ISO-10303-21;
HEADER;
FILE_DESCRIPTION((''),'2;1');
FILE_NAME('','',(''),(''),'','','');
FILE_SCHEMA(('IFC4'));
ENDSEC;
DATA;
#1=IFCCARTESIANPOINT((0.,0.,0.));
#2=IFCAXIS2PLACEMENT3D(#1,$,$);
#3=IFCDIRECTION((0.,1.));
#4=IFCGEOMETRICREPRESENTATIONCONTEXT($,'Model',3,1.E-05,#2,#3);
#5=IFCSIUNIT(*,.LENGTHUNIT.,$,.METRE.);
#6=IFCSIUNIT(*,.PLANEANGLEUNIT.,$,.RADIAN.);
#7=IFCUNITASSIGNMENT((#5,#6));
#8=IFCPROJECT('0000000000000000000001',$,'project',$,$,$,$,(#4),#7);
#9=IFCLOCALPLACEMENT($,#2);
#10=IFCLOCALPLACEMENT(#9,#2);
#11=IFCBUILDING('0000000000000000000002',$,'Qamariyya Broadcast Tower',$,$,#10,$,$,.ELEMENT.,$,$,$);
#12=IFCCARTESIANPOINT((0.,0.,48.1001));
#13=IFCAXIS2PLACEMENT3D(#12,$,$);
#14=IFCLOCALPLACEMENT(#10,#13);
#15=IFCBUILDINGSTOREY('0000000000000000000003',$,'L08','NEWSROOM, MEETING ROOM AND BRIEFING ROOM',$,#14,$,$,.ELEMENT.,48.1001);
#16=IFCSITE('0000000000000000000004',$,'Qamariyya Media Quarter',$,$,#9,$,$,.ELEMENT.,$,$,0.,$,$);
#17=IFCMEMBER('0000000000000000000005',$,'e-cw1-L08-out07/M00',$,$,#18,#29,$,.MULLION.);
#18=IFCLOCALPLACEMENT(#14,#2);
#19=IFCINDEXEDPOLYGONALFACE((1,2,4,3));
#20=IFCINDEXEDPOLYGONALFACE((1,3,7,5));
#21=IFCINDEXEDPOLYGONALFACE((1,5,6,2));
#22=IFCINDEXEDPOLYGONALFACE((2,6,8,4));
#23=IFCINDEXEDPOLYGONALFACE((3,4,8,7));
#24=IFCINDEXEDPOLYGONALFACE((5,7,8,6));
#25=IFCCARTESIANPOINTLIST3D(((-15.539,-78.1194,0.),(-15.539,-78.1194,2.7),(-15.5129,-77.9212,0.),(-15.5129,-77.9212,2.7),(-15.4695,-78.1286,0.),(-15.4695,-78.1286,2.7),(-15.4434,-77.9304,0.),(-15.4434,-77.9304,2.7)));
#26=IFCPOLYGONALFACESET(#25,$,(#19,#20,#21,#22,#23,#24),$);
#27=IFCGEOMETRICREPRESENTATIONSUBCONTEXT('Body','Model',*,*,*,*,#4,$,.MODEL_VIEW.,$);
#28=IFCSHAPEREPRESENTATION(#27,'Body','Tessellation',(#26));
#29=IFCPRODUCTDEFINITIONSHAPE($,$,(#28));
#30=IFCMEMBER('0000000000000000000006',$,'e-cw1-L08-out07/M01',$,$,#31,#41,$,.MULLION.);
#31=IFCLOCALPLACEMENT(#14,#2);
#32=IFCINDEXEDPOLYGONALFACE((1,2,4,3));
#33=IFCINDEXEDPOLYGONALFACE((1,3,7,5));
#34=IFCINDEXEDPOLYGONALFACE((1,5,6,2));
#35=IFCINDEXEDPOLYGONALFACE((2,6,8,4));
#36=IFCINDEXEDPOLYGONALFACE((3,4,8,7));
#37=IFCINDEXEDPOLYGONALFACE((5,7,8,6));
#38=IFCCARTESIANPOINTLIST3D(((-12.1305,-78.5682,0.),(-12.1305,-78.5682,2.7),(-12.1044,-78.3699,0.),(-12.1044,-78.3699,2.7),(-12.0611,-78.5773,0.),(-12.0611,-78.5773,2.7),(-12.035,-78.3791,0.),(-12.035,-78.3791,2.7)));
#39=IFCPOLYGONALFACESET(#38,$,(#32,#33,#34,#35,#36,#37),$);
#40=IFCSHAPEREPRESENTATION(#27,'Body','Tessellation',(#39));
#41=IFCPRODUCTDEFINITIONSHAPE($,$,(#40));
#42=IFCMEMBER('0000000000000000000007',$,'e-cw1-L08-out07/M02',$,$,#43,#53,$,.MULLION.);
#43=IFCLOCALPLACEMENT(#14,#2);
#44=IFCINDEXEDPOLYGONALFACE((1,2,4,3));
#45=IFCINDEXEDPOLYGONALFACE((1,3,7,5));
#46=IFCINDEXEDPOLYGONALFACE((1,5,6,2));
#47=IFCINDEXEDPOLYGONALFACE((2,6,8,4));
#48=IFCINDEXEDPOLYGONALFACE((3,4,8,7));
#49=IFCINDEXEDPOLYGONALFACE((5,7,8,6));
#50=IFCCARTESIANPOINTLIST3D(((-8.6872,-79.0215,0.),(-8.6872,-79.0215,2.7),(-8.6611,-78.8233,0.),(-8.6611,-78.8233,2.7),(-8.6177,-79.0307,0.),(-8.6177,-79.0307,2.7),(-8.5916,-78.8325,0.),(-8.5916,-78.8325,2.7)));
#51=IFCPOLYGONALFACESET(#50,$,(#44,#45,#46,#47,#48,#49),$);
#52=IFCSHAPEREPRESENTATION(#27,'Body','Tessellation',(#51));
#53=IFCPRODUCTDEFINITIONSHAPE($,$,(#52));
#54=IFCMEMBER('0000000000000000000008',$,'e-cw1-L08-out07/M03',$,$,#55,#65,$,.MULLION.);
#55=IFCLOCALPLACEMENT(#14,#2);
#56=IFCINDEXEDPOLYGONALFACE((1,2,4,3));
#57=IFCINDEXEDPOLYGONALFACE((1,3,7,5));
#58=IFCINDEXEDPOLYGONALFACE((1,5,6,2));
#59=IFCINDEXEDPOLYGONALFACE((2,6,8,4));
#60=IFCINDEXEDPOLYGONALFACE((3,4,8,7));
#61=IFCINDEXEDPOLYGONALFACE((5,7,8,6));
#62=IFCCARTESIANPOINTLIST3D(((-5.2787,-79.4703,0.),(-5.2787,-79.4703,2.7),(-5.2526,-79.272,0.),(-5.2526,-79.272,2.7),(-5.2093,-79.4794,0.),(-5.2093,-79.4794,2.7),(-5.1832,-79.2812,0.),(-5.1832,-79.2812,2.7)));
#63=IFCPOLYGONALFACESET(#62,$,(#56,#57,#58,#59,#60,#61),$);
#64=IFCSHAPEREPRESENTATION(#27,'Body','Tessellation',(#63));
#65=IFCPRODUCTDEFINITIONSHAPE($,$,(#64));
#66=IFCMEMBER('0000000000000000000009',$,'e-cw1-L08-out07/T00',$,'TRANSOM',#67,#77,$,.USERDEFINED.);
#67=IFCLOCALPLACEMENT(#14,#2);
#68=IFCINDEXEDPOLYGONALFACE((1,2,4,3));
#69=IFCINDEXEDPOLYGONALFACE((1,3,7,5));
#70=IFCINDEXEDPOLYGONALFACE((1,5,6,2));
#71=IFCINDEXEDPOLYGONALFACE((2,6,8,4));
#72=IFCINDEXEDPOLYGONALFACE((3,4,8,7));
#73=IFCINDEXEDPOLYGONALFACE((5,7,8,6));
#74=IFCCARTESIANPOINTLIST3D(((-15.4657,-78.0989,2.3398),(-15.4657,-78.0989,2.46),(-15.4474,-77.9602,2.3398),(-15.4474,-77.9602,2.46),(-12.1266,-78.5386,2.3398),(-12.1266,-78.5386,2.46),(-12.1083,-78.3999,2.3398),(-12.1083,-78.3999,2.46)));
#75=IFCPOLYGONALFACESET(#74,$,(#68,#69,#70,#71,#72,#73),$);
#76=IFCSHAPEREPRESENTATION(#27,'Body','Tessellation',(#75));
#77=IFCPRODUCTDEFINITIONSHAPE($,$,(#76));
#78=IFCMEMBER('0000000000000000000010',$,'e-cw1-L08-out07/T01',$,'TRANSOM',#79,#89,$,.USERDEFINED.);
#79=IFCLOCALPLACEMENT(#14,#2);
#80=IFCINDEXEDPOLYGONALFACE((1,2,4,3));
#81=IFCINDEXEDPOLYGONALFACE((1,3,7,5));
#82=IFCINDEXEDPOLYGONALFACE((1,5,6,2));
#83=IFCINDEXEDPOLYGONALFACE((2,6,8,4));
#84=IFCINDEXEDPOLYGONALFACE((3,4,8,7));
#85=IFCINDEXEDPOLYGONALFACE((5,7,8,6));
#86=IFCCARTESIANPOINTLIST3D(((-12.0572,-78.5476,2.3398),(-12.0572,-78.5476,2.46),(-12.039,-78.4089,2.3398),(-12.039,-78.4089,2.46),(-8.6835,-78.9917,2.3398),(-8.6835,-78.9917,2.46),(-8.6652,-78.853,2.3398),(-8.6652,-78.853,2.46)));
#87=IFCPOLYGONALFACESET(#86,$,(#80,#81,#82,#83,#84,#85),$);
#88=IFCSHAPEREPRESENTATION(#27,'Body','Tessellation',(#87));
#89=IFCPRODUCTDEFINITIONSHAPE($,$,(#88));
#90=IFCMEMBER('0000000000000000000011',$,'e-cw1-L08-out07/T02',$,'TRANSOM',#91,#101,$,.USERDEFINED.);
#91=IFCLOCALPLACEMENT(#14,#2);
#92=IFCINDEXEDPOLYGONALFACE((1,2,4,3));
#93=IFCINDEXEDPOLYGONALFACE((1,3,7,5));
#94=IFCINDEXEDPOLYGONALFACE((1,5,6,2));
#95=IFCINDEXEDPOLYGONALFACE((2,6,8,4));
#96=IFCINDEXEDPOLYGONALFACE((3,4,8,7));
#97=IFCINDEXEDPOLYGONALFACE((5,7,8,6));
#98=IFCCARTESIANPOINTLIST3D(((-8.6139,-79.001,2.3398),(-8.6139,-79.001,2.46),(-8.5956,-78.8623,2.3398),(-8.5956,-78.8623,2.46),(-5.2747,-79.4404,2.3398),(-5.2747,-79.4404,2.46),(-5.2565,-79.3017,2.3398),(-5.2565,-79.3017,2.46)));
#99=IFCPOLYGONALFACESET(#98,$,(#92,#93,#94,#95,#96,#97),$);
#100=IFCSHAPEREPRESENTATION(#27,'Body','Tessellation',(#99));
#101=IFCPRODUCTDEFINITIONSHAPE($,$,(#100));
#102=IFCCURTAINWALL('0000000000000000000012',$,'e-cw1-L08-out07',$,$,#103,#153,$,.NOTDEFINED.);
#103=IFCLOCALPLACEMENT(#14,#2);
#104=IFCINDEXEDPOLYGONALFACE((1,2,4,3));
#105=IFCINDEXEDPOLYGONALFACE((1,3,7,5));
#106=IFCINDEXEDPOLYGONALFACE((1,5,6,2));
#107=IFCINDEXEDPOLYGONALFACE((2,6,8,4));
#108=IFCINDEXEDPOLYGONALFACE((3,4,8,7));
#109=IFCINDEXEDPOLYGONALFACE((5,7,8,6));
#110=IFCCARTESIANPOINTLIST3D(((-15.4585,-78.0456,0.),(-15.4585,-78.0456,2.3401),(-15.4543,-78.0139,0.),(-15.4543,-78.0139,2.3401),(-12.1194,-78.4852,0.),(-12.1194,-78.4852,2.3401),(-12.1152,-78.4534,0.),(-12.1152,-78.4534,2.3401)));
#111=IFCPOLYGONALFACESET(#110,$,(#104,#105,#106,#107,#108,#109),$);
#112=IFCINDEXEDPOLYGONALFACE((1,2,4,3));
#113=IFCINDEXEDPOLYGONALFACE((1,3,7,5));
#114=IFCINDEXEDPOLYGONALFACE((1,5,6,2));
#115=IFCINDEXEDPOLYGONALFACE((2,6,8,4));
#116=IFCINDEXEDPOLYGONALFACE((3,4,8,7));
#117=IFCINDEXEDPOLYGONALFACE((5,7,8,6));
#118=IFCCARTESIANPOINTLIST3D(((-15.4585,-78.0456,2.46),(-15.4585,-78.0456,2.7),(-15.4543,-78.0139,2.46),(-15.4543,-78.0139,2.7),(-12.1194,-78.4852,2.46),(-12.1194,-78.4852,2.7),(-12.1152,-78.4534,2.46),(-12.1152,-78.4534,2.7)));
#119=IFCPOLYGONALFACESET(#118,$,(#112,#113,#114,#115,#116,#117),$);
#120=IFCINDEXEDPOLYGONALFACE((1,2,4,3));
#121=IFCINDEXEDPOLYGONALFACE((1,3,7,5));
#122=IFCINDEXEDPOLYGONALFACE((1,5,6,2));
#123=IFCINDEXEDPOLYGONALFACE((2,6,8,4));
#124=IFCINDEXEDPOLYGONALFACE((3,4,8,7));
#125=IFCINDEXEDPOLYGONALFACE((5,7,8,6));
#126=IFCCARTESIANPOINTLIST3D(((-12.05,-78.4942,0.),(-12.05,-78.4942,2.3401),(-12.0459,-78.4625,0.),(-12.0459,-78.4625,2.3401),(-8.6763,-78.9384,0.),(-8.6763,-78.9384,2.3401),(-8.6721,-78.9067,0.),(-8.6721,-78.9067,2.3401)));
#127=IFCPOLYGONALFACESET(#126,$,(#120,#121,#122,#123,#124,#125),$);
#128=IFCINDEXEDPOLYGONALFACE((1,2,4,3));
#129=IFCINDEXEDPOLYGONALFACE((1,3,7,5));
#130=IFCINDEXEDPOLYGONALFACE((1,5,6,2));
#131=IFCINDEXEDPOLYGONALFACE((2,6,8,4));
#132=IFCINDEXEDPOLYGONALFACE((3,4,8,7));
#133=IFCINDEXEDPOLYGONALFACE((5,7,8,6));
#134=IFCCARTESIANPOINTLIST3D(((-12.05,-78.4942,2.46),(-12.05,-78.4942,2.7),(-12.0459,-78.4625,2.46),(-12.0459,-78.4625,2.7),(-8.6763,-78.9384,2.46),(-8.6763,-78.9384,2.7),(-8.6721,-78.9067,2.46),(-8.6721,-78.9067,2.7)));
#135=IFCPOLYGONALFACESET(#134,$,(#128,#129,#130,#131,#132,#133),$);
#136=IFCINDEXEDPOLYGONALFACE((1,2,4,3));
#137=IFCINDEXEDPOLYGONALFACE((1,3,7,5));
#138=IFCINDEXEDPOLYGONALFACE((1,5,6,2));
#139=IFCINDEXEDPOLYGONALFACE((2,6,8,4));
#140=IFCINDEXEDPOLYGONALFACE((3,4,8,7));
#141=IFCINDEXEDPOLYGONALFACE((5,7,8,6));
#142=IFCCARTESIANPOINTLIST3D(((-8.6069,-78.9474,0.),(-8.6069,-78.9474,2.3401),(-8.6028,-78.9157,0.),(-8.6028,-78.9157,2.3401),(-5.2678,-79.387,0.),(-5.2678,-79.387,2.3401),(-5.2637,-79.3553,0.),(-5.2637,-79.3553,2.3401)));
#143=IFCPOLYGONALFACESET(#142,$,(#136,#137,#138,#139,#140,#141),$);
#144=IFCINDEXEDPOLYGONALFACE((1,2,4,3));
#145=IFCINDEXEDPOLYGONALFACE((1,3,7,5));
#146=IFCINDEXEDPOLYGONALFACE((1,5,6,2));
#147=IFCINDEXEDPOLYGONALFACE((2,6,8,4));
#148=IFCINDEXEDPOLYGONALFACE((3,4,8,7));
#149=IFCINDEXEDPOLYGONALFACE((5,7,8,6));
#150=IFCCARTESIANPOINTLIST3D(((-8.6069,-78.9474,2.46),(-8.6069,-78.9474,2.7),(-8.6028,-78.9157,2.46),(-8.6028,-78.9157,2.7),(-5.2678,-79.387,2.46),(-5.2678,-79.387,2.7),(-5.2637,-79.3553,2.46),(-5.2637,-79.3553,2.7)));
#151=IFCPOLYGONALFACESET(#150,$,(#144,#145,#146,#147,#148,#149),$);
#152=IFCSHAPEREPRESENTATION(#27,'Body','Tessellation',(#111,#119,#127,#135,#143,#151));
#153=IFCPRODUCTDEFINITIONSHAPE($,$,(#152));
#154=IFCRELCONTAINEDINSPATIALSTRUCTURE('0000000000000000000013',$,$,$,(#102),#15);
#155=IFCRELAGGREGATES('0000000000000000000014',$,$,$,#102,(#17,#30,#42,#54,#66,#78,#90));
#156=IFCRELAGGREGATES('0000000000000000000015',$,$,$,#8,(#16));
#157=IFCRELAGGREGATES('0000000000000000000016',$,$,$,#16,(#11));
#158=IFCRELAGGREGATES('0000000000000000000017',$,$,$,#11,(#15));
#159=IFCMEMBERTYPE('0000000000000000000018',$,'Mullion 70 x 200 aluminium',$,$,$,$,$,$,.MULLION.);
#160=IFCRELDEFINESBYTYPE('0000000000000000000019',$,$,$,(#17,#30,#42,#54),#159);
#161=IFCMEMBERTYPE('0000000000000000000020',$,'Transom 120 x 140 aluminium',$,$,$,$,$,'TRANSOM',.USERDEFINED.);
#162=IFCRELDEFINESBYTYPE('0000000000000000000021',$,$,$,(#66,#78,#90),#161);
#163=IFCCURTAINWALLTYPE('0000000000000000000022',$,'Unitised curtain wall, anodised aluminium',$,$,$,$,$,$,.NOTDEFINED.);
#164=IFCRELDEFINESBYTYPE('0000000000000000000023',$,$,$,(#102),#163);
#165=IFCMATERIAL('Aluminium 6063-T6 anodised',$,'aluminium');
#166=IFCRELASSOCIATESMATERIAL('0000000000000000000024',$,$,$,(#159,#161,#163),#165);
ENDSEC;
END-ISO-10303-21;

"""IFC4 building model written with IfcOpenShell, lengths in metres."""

from ifc_helpers import new_model, si_unit, direction, frame, origin, origin_2d, place, context, subcontext, project, spatial, rectangle, extrude, material, material_profile, profile_set, type_object, element, aggregate, save


model = new_model("IFC4")

# Units and contexts
model_context = context("Model", 3, precision=1e-05, world=origin(), true_north=direction((0.0, 1.0)))
body_context = subcontext(model_context, "Body", "Model", "MODEL_VIEW")
ifc_project = project(units=[si_unit("LENGTHUNIT", "METRE"), si_unit("PLANEANGLEUNIT", "RADIAN")], contexts=[model_context])

# Members
ifc_material = material(Name="Aluminium 6063-T6 anodised", Category="aluminium")
ifc_material_profile_1 = material_profile(ifc_material, rectangle(XDim=0.2, YDim=0.0701, at=origin_2d()))
ifc_profile_set_1 = profile_set([ifc_material_profile_1], Name="Aluminium 6063-T6 anodised")
member_type_1 = type_object("IfcMemberType", Name="Mullion 70 x 200 aluminium", PredefinedType="MULLION", material=ifc_profile_set_1)
site_placement = place(None, origin())
building_placement = place(site_placement, origin())
storey_placement = place(building_placement, frame((0.0, 0.0, 48.1001)))
member_1_placement = place(storey_placement, frame((-15.4912, -78.0249, 0.0), z_axis=(0.0, 0.0, 1.0), x_axis=(0.130526, 0.991445, 0.0)))
member_1 = element("IfcMember", 1, at=member_1_placement, type_object=member_type_1, Name="e-cw1-L08-out07/M00", PredefinedType="MULLION", context=body_context, shape_type="SweptSolid", body=[
    extrude(rectangle(XDim=0.2, YDim=0.0701, at=origin_2d()), origin(), (0.0, 0.0, 1.0), 2.7),
])
member_2_placement = place(storey_placement, frame((-12.0828, -78.4736, 0.0), z_axis=(0.0, 0.0, 1.0), x_axis=(0.130526, 0.991445, 0.0)))
member_2 = element("IfcMember", 2, at=member_2_placement, type_object=member_type_1, Name="e-cw1-L08-out07/M01", PredefinedType="MULLION", context=body_context, shape_type="SweptSolid", body=[
    extrude(rectangle(XDim=0.2, YDim=0.0701, at=origin_2d()), origin(), (0.0, 0.0, 1.0), 2.7),
])
member_3_placement = place(storey_placement, frame((-8.6394, -78.927, 0.0), z_axis=(0.0, 0.0, 1.0), x_axis=(0.130526, 0.991445, 0.0)))
member_3 = element("IfcMember", 3, at=member_3_placement, type_object=member_type_1, Name="e-cw1-L08-out07/M02", PredefinedType="MULLION", context=body_context, shape_type="SweptSolid", body=[
    extrude(rectangle(XDim=0.2, YDim=0.0701, at=origin_2d()), origin(), (0.0, 0.0, 1.0), 2.7),
])
member_4_placement = place(storey_placement, frame((-5.231, -79.3757, 0.0), z_axis=(0.0, 0.0, 1.0), x_axis=(0.130526, 0.991445, 0.0)))
member_4 = element("IfcMember", 4, at=member_4_placement, type_object=member_type_1, Name="e-cw1-L08-out07/M03", PredefinedType="MULLION", context=body_context, shape_type="SweptSolid", body=[
    extrude(rectangle(XDim=0.2, YDim=0.0701, at=origin_2d()), origin(), (0.0, 0.0, 1.0), 2.7),
])
ifc_material_profile_2 = material_profile(ifc_material, rectangle(XDim=0.1399, YDim=0.1201, at=origin_2d()))
ifc_profile_set_2 = profile_set([ifc_material_profile_2], Name="Aluminium 6063-T6 anodised")
member_type_2 = type_object("IfcMemberType", Name="Transom 120 x 140 aluminium", ElementType="TRANSOM", PredefinedType="USERDEFINED", material=ifc_profile_set_2)
member_5_placement = place(storey_placement, frame((-15.4565, -78.0295, 2.3999), z_axis=(0.991441, -0.130554, 0.0), x_axis=(0.130554, 0.991441, 0.0)))
member_5 = element("IfcMember", 5, at=member_5_placement, type_object=member_type_2, Name="e-cw1-L08-out07/T00", ObjectType="TRANSOM", PredefinedType="USERDEFINED", context=body_context, shape_type="SweptSolid", body=[
    extrude(rectangle(XDim=0.1399, YDim=0.1201, at=origin_2d()), origin(), (0.0, 0.0, 1.0), 3.3679),
])
member_6_placement = place(storey_placement, frame((-12.0481, -78.4783, 2.3999), z_axis=(0.991448, -0.130505, 0.0), x_axis=(0.130505, 0.991448, 0.0)))
member_6 = element("IfcMember", 6, at=member_6_placement, type_object=member_type_2, Name="e-cw1-L08-out07/T01", ObjectType="TRANSOM", PredefinedType="USERDEFINED", context=body_context, shape_type="SweptSolid", body=[
    extrude(rectangle(XDim=0.1399, YDim=0.1201, at=origin_2d()), origin(), (0.0, 0.0, 1.0), 3.4028),
])
member_7_placement = place(storey_placement, frame((-8.6047, -78.9316, 2.3999), z_axis=(0.991451, -0.130483, 0.0), x_axis=(0.130483, 0.991451, 0.0)))
member_7 = element("IfcMember", 7, at=member_7_placement, type_object=member_type_2, Name="e-cw1-L08-out07/T02", ObjectType="TRANSOM", PredefinedType="USERDEFINED", context=body_context, shape_type="SweptSolid", body=[
    extrude(rectangle(XDim=0.1399, YDim=0.1201, at=origin_2d()), origin(), (0.0, 0.0, 1.0), 3.3679),
])

# Site, building, storey
site = spatial("IfcSite", under=ifc_project, at=site_placement, Name="Qamariyya Media Quarter", CompositionType="ELEMENT", RefElevation=0.0)
building = spatial("IfcBuilding", under=site, at=building_placement, Name="Qamariyya Broadcast Tower", CompositionType="ELEMENT")
storey = spatial("IfcBuildingStorey", under=building, at=storey_placement, Name="L08", Description="NEWSROOM, MEETING ROOM AND BRIEFING ROOM", CompositionType="ELEMENT", Elevation=48.1001)

# Curtain wall
curtain_wall_type = type_object("IfcCurtainWallType", Name="Unitised curtain wall, anodised aluminium", PredefinedType="NOTDEFINED", material=ifc_material)
curtain_wall_1_placement = place(storey_placement, origin())
curtain_wall_1 = element("IfcCurtainWall", 8, at=curtain_wall_1_placement, inside=storey, type_object=curtain_wall_type, Name="e-cw1-L08-out07", PredefinedType="NOTDEFINED", context=body_context, shape_type="SweptSolid", body=[
    extrude(rectangle(XDim=3.3679, YDim=0.032, at=origin_2d()), frame((-13.7869, -78.2495, 0.0), x_axis=(0.991446, -0.130521, 0.0)), (0.0, 0.0, 1.0), 2.3401),
    extrude(rectangle(XDim=3.3679, YDim=0.032, at=origin_2d()), frame((-13.7869, -78.2495, 2.46), x_axis=(0.991446, -0.130521, 0.0)), (0.0, 0.0, 1.0), 0.24),
    extrude(rectangle(XDim=3.4028, YDim=0.032, at=origin_2d()), frame((-10.3611, -78.7004, 0.0), x_axis=(0.991446, -0.130521, 0.0)), (0.0, 0.0, 1.0), 2.3401),
    extrude(rectangle(XDim=3.4028, YDim=0.032, at=origin_2d()), frame((-10.3611, -78.7004, 2.46), x_axis=(0.991446, -0.130521, 0.0)), (0.0, 0.0, 1.0), 0.24),
    extrude(rectangle(XDim=3.3679, YDim=0.032, at=origin_2d()), frame((-6.9353, -79.1514, 0.0), x_axis=(0.991446, -0.130521, 0.0)), (0.0, 0.0, 1.0), 2.3401),
    extrude(rectangle(XDim=3.3679, YDim=0.032, at=origin_2d()), frame((-6.9353, -79.1514, 2.46), x_axis=(0.991446, -0.130521, 0.0)), (0.0, 0.0, 1.0), 0.24),
])
aggregate(curtain_wall_1, [member_1, member_2, member_3, member_4, member_5, member_6, member_7])

save(model, "model.ifc")
